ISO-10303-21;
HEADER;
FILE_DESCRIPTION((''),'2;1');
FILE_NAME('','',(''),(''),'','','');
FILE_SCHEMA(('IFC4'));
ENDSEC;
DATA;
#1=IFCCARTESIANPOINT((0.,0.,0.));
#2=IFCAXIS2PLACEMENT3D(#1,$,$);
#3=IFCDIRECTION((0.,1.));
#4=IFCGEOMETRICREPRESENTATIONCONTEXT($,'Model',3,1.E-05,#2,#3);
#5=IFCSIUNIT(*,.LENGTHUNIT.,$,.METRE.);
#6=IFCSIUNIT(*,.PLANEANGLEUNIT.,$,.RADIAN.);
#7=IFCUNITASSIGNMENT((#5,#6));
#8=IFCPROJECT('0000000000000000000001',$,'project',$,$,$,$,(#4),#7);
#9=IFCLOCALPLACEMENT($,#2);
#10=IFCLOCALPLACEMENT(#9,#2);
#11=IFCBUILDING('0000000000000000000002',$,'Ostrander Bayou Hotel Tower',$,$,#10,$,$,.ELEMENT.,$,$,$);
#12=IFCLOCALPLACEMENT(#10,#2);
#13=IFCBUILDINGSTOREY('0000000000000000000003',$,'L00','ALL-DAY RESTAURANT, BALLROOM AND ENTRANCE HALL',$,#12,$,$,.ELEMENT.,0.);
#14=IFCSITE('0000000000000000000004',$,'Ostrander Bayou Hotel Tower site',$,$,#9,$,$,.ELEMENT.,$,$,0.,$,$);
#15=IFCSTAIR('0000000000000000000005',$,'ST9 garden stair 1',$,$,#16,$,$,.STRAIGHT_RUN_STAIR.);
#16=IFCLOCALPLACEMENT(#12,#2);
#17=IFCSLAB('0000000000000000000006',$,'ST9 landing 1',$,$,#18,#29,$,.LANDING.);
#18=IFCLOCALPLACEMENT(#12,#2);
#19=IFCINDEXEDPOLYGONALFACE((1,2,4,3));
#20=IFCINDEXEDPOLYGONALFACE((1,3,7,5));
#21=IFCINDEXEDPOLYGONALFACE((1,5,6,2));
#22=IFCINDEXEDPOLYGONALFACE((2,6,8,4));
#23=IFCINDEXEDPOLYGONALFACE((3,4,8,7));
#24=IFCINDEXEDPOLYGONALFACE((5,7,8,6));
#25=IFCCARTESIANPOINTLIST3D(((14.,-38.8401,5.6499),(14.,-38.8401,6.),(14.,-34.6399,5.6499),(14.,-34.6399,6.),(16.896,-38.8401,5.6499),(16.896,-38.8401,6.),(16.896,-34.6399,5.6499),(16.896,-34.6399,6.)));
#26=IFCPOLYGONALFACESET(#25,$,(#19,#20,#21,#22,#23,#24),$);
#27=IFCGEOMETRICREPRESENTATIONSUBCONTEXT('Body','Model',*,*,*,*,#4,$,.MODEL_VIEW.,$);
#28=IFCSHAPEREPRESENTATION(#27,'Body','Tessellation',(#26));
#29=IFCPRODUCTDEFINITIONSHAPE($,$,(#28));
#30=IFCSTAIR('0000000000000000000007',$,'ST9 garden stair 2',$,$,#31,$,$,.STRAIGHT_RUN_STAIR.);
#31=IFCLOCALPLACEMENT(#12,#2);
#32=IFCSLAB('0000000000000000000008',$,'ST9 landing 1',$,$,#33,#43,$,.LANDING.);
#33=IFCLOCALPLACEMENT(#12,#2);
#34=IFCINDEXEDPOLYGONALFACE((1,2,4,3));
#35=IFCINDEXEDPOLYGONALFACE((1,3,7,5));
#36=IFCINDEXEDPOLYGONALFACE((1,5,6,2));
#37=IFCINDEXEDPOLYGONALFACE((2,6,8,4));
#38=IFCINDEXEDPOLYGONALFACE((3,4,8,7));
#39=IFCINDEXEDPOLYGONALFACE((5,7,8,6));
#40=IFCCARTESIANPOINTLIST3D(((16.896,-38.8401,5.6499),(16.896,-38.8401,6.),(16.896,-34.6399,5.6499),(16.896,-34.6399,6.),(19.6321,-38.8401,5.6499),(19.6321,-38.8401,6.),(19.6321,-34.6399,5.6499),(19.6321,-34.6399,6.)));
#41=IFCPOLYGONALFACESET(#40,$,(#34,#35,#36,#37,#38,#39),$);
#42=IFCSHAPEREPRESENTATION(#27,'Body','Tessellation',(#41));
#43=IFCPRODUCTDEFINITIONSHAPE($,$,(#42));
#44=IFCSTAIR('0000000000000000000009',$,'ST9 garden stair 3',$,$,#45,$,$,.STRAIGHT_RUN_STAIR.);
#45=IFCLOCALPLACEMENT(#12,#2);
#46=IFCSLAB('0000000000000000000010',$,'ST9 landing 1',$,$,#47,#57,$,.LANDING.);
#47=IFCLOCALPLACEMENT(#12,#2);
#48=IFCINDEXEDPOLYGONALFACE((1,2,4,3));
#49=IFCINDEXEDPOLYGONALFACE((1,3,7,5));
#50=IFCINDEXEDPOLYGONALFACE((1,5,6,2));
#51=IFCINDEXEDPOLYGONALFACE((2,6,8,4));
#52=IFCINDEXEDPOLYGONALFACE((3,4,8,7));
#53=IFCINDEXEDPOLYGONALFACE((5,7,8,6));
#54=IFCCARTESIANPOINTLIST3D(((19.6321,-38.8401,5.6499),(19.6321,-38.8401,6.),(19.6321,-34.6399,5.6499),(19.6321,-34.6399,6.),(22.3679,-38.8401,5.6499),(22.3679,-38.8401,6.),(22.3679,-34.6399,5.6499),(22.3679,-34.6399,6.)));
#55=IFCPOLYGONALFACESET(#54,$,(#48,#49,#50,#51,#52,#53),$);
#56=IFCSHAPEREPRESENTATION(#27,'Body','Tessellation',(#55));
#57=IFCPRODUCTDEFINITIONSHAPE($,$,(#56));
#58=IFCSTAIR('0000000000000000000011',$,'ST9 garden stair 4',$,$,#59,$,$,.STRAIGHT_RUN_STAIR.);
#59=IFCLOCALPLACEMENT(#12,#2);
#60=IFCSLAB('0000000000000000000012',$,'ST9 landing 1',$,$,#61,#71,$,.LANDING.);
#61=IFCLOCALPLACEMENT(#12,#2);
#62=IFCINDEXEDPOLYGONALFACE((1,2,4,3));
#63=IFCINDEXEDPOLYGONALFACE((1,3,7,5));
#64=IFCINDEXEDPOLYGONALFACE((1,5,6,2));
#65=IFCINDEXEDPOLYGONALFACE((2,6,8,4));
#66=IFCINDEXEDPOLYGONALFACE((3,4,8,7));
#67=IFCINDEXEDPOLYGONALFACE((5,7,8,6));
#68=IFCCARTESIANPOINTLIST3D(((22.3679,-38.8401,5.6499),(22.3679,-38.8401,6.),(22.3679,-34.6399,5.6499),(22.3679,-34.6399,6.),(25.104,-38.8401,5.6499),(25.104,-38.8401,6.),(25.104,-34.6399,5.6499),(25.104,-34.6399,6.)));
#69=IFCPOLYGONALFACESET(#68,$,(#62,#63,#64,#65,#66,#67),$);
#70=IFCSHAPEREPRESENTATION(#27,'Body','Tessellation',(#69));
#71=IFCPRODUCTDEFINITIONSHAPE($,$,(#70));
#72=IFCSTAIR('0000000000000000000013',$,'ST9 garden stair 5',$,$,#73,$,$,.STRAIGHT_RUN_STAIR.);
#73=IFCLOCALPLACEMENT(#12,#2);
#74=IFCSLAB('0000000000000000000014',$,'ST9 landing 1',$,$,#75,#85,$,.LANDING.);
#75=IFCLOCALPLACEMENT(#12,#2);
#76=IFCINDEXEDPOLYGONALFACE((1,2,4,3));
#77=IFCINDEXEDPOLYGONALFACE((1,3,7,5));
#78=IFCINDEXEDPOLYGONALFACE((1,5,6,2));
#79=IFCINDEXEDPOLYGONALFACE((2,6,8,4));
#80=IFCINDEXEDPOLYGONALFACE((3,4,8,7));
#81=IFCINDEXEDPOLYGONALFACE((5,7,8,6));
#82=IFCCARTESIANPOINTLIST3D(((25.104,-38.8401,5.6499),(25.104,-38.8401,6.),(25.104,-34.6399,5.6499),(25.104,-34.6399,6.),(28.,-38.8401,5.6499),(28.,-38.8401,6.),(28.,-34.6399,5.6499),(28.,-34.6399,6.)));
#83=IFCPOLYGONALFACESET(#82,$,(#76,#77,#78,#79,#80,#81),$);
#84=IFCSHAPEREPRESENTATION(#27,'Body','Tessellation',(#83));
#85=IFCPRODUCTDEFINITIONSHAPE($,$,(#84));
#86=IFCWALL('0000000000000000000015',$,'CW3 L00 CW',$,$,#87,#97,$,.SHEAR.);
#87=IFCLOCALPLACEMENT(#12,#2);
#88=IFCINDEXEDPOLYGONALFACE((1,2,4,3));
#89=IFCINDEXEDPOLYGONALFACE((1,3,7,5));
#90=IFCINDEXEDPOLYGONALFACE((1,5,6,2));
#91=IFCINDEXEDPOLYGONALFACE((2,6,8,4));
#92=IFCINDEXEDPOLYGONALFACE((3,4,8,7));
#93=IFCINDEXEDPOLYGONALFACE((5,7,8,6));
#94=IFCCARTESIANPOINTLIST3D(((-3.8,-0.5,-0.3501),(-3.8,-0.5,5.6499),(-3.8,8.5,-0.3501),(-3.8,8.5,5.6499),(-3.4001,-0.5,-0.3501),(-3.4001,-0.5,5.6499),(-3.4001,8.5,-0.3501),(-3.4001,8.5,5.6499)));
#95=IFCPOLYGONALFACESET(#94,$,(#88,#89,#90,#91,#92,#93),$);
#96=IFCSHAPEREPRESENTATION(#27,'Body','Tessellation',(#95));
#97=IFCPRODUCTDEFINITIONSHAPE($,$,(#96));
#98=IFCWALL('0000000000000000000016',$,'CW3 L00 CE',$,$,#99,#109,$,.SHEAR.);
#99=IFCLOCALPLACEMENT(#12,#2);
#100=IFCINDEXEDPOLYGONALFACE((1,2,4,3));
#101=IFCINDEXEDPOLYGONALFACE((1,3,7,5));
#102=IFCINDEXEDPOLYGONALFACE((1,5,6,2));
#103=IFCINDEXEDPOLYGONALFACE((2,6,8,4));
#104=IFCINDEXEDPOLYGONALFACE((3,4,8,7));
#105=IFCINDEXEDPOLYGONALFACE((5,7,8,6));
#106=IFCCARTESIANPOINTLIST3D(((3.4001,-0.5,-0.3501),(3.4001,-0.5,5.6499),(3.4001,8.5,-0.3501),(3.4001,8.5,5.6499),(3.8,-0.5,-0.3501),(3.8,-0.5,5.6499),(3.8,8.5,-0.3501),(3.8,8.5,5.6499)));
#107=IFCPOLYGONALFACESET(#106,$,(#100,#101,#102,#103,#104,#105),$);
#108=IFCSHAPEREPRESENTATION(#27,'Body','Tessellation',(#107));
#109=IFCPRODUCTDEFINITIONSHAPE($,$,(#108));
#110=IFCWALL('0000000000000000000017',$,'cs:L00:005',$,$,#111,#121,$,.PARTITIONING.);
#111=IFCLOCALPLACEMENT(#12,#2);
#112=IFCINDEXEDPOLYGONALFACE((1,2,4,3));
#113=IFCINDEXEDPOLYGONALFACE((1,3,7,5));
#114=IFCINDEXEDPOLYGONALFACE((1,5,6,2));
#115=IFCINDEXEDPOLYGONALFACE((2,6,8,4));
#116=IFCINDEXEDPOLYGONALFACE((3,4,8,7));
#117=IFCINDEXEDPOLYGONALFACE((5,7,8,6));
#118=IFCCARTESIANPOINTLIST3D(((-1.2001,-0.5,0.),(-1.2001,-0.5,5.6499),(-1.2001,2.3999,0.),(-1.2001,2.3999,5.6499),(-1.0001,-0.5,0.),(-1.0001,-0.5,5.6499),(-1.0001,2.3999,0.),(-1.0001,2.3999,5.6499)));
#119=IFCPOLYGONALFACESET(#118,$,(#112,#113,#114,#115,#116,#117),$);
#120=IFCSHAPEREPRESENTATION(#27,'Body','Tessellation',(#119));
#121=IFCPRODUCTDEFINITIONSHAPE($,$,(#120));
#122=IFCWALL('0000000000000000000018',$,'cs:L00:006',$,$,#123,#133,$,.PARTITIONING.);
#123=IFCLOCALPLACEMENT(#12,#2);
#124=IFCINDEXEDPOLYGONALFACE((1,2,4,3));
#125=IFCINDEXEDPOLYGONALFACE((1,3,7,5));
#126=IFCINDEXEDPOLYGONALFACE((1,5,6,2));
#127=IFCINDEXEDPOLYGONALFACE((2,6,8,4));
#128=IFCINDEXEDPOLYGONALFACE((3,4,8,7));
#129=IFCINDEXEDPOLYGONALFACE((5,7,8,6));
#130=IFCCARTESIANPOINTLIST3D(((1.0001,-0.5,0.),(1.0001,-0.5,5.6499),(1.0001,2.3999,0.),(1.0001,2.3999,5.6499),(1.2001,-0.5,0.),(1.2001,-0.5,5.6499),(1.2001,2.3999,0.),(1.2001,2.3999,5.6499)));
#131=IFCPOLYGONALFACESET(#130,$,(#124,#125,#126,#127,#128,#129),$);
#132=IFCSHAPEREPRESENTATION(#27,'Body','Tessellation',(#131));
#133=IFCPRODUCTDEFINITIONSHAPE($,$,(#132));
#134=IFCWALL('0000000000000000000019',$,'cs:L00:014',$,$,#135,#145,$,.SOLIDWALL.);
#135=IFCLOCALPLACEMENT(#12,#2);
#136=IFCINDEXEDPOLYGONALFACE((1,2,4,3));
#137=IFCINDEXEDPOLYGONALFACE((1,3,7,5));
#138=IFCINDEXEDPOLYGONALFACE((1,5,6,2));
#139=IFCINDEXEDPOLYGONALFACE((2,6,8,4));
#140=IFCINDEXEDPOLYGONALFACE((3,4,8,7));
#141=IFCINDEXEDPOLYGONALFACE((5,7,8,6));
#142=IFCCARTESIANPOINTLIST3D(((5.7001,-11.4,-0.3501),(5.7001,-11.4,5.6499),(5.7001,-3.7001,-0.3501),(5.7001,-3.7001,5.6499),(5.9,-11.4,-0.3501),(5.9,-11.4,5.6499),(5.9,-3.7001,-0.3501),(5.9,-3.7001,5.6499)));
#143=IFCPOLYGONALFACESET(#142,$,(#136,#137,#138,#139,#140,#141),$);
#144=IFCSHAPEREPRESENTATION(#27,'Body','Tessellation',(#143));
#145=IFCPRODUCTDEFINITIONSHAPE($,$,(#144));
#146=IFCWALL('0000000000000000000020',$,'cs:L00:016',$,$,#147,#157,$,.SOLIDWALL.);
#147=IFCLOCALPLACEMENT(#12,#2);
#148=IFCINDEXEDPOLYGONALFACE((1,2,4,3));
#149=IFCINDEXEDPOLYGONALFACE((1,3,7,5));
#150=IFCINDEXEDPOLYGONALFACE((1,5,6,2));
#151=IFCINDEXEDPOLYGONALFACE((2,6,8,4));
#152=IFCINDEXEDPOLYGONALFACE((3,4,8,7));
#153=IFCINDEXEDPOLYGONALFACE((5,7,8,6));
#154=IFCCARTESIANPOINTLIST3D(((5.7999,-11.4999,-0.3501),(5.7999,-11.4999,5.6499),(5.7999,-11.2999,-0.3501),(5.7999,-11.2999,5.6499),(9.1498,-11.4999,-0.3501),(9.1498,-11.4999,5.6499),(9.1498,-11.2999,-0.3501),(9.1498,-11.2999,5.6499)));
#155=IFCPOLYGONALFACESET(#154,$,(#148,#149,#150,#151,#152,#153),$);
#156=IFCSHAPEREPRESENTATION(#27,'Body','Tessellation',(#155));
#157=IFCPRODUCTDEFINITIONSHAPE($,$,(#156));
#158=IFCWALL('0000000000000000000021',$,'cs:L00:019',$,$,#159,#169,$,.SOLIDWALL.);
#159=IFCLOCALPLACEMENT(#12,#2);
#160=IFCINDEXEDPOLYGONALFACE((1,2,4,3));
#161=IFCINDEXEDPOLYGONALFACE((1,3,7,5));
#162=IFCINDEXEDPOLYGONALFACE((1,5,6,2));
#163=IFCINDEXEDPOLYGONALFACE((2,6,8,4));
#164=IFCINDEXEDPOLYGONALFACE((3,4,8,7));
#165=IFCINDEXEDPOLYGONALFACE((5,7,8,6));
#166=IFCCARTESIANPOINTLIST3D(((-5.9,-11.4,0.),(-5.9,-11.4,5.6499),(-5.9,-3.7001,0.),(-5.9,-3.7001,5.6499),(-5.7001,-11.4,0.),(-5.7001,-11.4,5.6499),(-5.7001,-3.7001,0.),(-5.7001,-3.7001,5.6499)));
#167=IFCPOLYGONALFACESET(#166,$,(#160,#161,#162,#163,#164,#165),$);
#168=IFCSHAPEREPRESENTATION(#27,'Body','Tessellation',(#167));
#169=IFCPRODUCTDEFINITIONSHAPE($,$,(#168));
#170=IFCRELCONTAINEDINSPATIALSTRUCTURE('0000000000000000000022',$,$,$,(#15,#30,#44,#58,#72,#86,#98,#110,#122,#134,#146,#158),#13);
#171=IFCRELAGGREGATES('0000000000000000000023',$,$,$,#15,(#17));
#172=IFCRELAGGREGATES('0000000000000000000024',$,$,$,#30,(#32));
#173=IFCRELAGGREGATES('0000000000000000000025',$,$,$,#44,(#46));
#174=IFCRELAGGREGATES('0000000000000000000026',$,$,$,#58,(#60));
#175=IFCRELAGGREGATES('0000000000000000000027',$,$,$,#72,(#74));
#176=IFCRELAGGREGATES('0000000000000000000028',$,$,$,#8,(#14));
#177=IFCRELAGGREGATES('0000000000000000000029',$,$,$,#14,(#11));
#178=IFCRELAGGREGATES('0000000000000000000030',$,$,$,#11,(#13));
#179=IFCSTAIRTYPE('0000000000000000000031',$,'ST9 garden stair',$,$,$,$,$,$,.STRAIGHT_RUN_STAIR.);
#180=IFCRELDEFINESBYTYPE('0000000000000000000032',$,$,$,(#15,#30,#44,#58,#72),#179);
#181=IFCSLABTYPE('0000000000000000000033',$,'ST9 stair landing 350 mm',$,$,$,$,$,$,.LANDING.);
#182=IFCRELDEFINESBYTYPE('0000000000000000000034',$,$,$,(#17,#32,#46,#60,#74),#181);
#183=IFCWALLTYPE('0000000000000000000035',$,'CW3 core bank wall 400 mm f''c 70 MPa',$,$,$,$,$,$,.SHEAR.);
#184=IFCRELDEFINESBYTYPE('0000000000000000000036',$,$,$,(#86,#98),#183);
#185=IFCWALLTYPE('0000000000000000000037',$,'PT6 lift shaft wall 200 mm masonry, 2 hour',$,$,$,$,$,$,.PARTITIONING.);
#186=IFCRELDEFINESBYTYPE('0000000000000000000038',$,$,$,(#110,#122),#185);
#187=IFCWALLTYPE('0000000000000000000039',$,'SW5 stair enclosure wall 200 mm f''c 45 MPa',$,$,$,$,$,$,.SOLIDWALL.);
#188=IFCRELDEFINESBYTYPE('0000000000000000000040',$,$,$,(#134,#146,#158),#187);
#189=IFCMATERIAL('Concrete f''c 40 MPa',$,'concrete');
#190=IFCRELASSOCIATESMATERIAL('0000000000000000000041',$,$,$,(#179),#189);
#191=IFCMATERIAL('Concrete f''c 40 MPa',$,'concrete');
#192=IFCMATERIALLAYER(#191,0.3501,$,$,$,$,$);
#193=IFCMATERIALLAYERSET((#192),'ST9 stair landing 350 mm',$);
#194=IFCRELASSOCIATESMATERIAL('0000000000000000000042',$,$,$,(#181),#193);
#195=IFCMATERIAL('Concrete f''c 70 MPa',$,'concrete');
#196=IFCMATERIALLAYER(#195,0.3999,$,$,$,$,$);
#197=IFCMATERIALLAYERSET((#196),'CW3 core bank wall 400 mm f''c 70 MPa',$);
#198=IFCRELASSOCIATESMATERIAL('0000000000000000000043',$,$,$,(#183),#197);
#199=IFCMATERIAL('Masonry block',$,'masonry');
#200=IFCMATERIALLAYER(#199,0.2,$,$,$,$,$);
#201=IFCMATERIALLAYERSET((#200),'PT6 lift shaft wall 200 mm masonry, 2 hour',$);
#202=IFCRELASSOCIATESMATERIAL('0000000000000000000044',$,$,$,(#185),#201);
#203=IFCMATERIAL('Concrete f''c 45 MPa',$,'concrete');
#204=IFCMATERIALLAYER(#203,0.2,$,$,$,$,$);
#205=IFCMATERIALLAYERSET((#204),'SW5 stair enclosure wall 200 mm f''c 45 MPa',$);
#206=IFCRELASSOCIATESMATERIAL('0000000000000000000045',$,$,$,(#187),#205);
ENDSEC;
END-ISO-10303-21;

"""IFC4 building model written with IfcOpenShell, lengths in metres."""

from ifc_helpers import new_model, si_unit, direction, frame, frame_2d, origin, place, context, subcontext, project, spatial, polyline, rectangle, outline, extrude, material, layer, layer_set, type_object, element, aggregate, save


model = new_model("IFC4")

# Units and contexts
model_context = context("Model", 3, precision=1e-05, world=origin(), true_north=direction((0.0, 1.0)))
body_context = subcontext(model_context, "Body", "Model", "MODEL_VIEW")
ifc_project = project(units=[si_unit("LENGTHUNIT", "METRE"), si_unit("PLANEANGLEUNIT", "RADIAN")], contexts=[model_context])

# Site, building, storey
site_placement = place(None, origin())
site = spatial("IfcSite", under=ifc_project, at=site_placement, Name="Ostrander Bayou Hotel Tower site", CompositionType="ELEMENT", RefElevation=0.0)
building_placement = place(site_placement, origin())
building = spatial("IfcBuilding", under=site, at=building_placement, Name="Ostrander Bayou Hotel Tower", CompositionType="ELEMENT")
storey_placement = place(building_placement, origin())
storey = spatial("IfcBuildingStorey", under=building, at=storey_placement, Name="L00", Description="ALL-DAY RESTAURANT, BALLROOM AND ENTRANCE HALL", CompositionType="ELEMENT", Elevation=0.0)

# Stairs, slabs
ifc_material_1 = material(Name="Concrete f'c 40 MPa", Category="concrete")
stair_type_1 = type_object("IfcStairType", Name="ST9 garden stair", PredefinedType="STRAIGHT_RUN_STAIR", material=ifc_material_1)
stair_1_placement = place(storey_placement, origin())
stair_1 = element("IfcStair", 1, at=stair_1_placement, inside=storey, type_object=stair_type_1, Name="ST9 garden stair 1", PredefinedType="STRAIGHT_RUN_STAIR")
ifc_material_2 = material(Name="Concrete f'c 40 MPa", Category="concrete")
ifc_layer_1 = layer(ifc_material_2, 0.3501)
ifc_layer_set_1 = layer_set([ifc_layer_1], Name="ST9 stair landing 350 mm")
slab_type_1 = type_object("IfcSlabType", Name="ST9 stair landing 350 mm", PredefinedType="LANDING", material=ifc_layer_set_1)
slab_1_placement = place(storey_placement, frame((0.0, 0.0, 5.6499)))
slab_1 = element("IfcSlab", 2, at=slab_1_placement, type_object=slab_type_1, Name="ST9 landing 1", PredefinedType="LANDING", context=body_context, shape_type="SweptSolid", body=[
    extrude(outline(polyline([(14.0, -38.8401), (16.896, -38.8401), (16.896, -34.6399), (14.0, -34.6399), (14.0, -38.8401)])), origin(), (0.0, 0.0, 1.0), 0.3501),
])
aggregate(stair_1, [slab_1])
stair_2_placement = place(storey_placement, origin())
stair_2 = element("IfcStair", 3, at=stair_2_placement, inside=storey, type_object=stair_type_1, Name="ST9 garden stair 2", PredefinedType="STRAIGHT_RUN_STAIR")
slab_2_placement = place(storey_placement, frame((0.0, 0.0, 5.6499)))
slab_2 = element("IfcSlab", 4, at=slab_2_placement, type_object=slab_type_1, Name="ST9 landing 1", PredefinedType="LANDING", context=body_context, shape_type="SweptSolid", body=[
    extrude(outline(polyline([(16.896, -38.8401), (19.6321, -38.8401), (19.6321, -34.6399), (16.896, -34.6399), (16.896, -38.8401)])), origin(), (0.0, 0.0, 1.0), 0.3501),
])
aggregate(stair_2, [slab_2])
stair_3_placement = place(storey_placement, origin())
stair_3 = element("IfcStair", 5, at=stair_3_placement, inside=storey, type_object=stair_type_1, Name="ST9 garden stair 3", PredefinedType="STRAIGHT_RUN_STAIR")
slab_3_placement = place(storey_placement, frame((0.0, 0.0, 5.6499)))
slab_3 = element("IfcSlab", 6, at=slab_3_placement, type_object=slab_type_1, Name="ST9 landing 1", PredefinedType="LANDING", context=body_context, shape_type="SweptSolid", body=[
    extrude(outline(polyline([(19.6321, -38.8401), (22.3679, -38.8401), (22.3679, -34.6399), (19.6321, -34.6399), (19.6321, -38.8401)])), origin(), (0.0, 0.0, 1.0), 0.3501),
])
aggregate(stair_3, [slab_3])
stair_4_placement = place(storey_placement, origin())
stair_4 = element("IfcStair", 7, at=stair_4_placement, inside=storey, type_object=stair_type_1, Name="ST9 garden stair 4", PredefinedType="STRAIGHT_RUN_STAIR")
slab_4_placement = place(storey_placement, frame((0.0, 0.0, 5.6499)))
slab_4 = element("IfcSlab", 8, at=slab_4_placement, type_object=slab_type_1, Name="ST9 landing 1", PredefinedType="LANDING", context=body_context, shape_type="SweptSolid", body=[
    extrude(outline(polyline([(22.3679, -38.8401), (25.104, -38.8401), (25.104, -34.6399), (22.3679, -34.6399), (22.3679, -38.8401)])), origin(), (0.0, 0.0, 1.0), 0.3501),
])
aggregate(stair_4, [slab_4])
stair_5_placement = place(storey_placement, origin())
stair_5 = element("IfcStair", 9, at=stair_5_placement, inside=storey, type_object=stair_type_1, Name="ST9 garden stair 5", PredefinedType="STRAIGHT_RUN_STAIR")
slab_5_placement = place(storey_placement, frame((0.0, 0.0, 5.6499)))
slab_5 = element("IfcSlab", 10, at=slab_5_placement, type_object=slab_type_1, Name="ST9 landing 1", PredefinedType="LANDING", context=body_context, shape_type="SweptSolid", body=[
    extrude(outline(polyline([(25.104, -38.8401), (28.0, -38.8401), (28.0, -34.6399), (25.104, -34.6399), (25.104, -38.8401)])), origin(), (0.0, 0.0, 1.0), 0.3501),
])
aggregate(stair_5, [slab_5])

# Walls
ifc_material_3 = material(Name="Concrete f'c 70 MPa", Category="concrete")
ifc_layer_2 = layer(ifc_material_3, 0.3999)
ifc_layer_set_2 = layer_set([ifc_layer_2], Name="CW3 core bank wall 400 mm f'c 70 MPa")
wall_type_1 = type_object("IfcWallType", Name="CW3 core bank wall 400 mm f'c 70 MPa", PredefinedType="SHEAR", material=ifc_layer_set_2)
for number, where, z_axis, x_axis, name in (
    (11, (-3.6001, -0.5, -0.3501), (0.0, 0.0, 1.0), (0.0, 1.0, 0.0), "CW3 L00 CW"),
    (12, (3.6001, -0.5, -0.3501), (0.0, 0.0, 1.0), (0.0, 1.0, 0.0), "CW3 L00 CE"),
):
    element("IfcWall", number, at=place(storey_placement, frame(where, z_axis=z_axis, x_axis=x_axis)), inside=storey, type_object=wall_type_1, Name=name, PredefinedType="SHEAR", context=body_context, shape_type="SweptSolid", body=[
        extrude(rectangle(XDim=9.0, YDim=0.3999, at=frame_2d((4.5, 0.0))), origin(), (0.0, 0.0, 1.0), 6.0),
    ])
ifc_material_4 = material(Name="Masonry block", Category="masonry")
ifc_layer_3 = layer(ifc_material_4, 0.2)
ifc_layer_set_3 = layer_set([ifc_layer_3], Name="PT6 lift shaft wall 200 mm masonry, 2 hour")
wall_type_2 = type_object("IfcWallType", Name="PT6 lift shaft wall 200 mm masonry, 2 hour", PredefinedType="PARTITIONING", material=ifc_layer_set_3)
for number, where, z_axis, x_axis, name in (
    (13, (-1.1001, -0.5, 0.0), (0.0, 0.0, 1.0), (0.0, 1.0, 0.0), "cs:L00:005"),
    (14, (1.1001, -0.5, 0.0), (0.0, 0.0, 1.0), (0.0, 1.0, 0.0), "cs:L00:006"),
):
    element("IfcWall", number, at=place(storey_placement, frame(where, z_axis=z_axis, x_axis=x_axis)), inside=storey, type_object=wall_type_2, Name=name, PredefinedType="PARTITIONING", context=body_context, shape_type="SweptSolid", body=[
        extrude(rectangle(XDim=2.8999, YDim=0.2, at=frame_2d((1.45, 0.0))), origin(), (0.0, 0.0, 1.0), 5.6499),
    ])

# Shared definitions
ifc_material_5 = material(Name="Concrete f'c 45 MPa", Category="concrete")
ifc_layer_4 = layer(ifc_material_5, 0.2)
ifc_layer_set_4 = layer_set([ifc_layer_4], Name="SW5 stair enclosure wall 200 mm f'c 45 MPa")
wall_type_3 = type_object("IfcWallType", Name="SW5 stair enclosure wall 200 mm f'c 45 MPa", PredefinedType="SOLIDWALL", material=ifc_layer_set_4)

# Walls
wall_1_placement = place(storey_placement, frame((5.8, -3.7, -0.3501), z_axis=(0.0, 0.0, 1.0), x_axis=(0.0, -1.0, 0.0)))
element("IfcWall", 15, at=wall_1_placement, inside=storey, type_object=wall_type_3, Name="cs:L00:014", PredefinedType="SOLIDWALL", context=body_context, shape_type="SweptSolid", body=[
    extrude(rectangle(XDim=7.7, YDim=0.2, at=frame_2d((3.8501, 0.0))), origin(), (0.0, 0.0, 1.0), 6.0),
])
wall_2_placement = place(storey_placement, frame((5.8, -11.3999, -0.3501), z_axis=(0.0, 0.0, 1.0), x_axis=(1.0, 0.0, 0.0)))
element("IfcWall", 16, at=wall_2_placement, inside=storey, type_object=wall_type_3, Name="cs:L00:016", PredefinedType="SOLIDWALL", context=body_context, shape_type="SweptSolid", body=[
    extrude(rectangle(XDim=3.3499, YDim=0.2, at=frame_2d((1.6748, 0.0))), origin(), (0.0, 0.0, 1.0), 6.0),
])
wall_3_placement = place(storey_placement, frame((-5.8, -3.7, 0.0), z_axis=(0.0, 0.0, 1.0), x_axis=(0.0, -1.0, 0.0)))
element("IfcWall", 17, at=wall_3_placement, inside=storey, type_object=wall_type_3, Name="cs:L00:019", PredefinedType="SOLIDWALL", context=body_context, shape_type="SweptSolid", body=[
    extrude(rectangle(XDim=7.7, YDim=0.2, at=frame_2d((3.8501, 0.0))), origin(), (0.0, 0.0, 1.0), 5.6499),
])

save(model, "model.ifc")
